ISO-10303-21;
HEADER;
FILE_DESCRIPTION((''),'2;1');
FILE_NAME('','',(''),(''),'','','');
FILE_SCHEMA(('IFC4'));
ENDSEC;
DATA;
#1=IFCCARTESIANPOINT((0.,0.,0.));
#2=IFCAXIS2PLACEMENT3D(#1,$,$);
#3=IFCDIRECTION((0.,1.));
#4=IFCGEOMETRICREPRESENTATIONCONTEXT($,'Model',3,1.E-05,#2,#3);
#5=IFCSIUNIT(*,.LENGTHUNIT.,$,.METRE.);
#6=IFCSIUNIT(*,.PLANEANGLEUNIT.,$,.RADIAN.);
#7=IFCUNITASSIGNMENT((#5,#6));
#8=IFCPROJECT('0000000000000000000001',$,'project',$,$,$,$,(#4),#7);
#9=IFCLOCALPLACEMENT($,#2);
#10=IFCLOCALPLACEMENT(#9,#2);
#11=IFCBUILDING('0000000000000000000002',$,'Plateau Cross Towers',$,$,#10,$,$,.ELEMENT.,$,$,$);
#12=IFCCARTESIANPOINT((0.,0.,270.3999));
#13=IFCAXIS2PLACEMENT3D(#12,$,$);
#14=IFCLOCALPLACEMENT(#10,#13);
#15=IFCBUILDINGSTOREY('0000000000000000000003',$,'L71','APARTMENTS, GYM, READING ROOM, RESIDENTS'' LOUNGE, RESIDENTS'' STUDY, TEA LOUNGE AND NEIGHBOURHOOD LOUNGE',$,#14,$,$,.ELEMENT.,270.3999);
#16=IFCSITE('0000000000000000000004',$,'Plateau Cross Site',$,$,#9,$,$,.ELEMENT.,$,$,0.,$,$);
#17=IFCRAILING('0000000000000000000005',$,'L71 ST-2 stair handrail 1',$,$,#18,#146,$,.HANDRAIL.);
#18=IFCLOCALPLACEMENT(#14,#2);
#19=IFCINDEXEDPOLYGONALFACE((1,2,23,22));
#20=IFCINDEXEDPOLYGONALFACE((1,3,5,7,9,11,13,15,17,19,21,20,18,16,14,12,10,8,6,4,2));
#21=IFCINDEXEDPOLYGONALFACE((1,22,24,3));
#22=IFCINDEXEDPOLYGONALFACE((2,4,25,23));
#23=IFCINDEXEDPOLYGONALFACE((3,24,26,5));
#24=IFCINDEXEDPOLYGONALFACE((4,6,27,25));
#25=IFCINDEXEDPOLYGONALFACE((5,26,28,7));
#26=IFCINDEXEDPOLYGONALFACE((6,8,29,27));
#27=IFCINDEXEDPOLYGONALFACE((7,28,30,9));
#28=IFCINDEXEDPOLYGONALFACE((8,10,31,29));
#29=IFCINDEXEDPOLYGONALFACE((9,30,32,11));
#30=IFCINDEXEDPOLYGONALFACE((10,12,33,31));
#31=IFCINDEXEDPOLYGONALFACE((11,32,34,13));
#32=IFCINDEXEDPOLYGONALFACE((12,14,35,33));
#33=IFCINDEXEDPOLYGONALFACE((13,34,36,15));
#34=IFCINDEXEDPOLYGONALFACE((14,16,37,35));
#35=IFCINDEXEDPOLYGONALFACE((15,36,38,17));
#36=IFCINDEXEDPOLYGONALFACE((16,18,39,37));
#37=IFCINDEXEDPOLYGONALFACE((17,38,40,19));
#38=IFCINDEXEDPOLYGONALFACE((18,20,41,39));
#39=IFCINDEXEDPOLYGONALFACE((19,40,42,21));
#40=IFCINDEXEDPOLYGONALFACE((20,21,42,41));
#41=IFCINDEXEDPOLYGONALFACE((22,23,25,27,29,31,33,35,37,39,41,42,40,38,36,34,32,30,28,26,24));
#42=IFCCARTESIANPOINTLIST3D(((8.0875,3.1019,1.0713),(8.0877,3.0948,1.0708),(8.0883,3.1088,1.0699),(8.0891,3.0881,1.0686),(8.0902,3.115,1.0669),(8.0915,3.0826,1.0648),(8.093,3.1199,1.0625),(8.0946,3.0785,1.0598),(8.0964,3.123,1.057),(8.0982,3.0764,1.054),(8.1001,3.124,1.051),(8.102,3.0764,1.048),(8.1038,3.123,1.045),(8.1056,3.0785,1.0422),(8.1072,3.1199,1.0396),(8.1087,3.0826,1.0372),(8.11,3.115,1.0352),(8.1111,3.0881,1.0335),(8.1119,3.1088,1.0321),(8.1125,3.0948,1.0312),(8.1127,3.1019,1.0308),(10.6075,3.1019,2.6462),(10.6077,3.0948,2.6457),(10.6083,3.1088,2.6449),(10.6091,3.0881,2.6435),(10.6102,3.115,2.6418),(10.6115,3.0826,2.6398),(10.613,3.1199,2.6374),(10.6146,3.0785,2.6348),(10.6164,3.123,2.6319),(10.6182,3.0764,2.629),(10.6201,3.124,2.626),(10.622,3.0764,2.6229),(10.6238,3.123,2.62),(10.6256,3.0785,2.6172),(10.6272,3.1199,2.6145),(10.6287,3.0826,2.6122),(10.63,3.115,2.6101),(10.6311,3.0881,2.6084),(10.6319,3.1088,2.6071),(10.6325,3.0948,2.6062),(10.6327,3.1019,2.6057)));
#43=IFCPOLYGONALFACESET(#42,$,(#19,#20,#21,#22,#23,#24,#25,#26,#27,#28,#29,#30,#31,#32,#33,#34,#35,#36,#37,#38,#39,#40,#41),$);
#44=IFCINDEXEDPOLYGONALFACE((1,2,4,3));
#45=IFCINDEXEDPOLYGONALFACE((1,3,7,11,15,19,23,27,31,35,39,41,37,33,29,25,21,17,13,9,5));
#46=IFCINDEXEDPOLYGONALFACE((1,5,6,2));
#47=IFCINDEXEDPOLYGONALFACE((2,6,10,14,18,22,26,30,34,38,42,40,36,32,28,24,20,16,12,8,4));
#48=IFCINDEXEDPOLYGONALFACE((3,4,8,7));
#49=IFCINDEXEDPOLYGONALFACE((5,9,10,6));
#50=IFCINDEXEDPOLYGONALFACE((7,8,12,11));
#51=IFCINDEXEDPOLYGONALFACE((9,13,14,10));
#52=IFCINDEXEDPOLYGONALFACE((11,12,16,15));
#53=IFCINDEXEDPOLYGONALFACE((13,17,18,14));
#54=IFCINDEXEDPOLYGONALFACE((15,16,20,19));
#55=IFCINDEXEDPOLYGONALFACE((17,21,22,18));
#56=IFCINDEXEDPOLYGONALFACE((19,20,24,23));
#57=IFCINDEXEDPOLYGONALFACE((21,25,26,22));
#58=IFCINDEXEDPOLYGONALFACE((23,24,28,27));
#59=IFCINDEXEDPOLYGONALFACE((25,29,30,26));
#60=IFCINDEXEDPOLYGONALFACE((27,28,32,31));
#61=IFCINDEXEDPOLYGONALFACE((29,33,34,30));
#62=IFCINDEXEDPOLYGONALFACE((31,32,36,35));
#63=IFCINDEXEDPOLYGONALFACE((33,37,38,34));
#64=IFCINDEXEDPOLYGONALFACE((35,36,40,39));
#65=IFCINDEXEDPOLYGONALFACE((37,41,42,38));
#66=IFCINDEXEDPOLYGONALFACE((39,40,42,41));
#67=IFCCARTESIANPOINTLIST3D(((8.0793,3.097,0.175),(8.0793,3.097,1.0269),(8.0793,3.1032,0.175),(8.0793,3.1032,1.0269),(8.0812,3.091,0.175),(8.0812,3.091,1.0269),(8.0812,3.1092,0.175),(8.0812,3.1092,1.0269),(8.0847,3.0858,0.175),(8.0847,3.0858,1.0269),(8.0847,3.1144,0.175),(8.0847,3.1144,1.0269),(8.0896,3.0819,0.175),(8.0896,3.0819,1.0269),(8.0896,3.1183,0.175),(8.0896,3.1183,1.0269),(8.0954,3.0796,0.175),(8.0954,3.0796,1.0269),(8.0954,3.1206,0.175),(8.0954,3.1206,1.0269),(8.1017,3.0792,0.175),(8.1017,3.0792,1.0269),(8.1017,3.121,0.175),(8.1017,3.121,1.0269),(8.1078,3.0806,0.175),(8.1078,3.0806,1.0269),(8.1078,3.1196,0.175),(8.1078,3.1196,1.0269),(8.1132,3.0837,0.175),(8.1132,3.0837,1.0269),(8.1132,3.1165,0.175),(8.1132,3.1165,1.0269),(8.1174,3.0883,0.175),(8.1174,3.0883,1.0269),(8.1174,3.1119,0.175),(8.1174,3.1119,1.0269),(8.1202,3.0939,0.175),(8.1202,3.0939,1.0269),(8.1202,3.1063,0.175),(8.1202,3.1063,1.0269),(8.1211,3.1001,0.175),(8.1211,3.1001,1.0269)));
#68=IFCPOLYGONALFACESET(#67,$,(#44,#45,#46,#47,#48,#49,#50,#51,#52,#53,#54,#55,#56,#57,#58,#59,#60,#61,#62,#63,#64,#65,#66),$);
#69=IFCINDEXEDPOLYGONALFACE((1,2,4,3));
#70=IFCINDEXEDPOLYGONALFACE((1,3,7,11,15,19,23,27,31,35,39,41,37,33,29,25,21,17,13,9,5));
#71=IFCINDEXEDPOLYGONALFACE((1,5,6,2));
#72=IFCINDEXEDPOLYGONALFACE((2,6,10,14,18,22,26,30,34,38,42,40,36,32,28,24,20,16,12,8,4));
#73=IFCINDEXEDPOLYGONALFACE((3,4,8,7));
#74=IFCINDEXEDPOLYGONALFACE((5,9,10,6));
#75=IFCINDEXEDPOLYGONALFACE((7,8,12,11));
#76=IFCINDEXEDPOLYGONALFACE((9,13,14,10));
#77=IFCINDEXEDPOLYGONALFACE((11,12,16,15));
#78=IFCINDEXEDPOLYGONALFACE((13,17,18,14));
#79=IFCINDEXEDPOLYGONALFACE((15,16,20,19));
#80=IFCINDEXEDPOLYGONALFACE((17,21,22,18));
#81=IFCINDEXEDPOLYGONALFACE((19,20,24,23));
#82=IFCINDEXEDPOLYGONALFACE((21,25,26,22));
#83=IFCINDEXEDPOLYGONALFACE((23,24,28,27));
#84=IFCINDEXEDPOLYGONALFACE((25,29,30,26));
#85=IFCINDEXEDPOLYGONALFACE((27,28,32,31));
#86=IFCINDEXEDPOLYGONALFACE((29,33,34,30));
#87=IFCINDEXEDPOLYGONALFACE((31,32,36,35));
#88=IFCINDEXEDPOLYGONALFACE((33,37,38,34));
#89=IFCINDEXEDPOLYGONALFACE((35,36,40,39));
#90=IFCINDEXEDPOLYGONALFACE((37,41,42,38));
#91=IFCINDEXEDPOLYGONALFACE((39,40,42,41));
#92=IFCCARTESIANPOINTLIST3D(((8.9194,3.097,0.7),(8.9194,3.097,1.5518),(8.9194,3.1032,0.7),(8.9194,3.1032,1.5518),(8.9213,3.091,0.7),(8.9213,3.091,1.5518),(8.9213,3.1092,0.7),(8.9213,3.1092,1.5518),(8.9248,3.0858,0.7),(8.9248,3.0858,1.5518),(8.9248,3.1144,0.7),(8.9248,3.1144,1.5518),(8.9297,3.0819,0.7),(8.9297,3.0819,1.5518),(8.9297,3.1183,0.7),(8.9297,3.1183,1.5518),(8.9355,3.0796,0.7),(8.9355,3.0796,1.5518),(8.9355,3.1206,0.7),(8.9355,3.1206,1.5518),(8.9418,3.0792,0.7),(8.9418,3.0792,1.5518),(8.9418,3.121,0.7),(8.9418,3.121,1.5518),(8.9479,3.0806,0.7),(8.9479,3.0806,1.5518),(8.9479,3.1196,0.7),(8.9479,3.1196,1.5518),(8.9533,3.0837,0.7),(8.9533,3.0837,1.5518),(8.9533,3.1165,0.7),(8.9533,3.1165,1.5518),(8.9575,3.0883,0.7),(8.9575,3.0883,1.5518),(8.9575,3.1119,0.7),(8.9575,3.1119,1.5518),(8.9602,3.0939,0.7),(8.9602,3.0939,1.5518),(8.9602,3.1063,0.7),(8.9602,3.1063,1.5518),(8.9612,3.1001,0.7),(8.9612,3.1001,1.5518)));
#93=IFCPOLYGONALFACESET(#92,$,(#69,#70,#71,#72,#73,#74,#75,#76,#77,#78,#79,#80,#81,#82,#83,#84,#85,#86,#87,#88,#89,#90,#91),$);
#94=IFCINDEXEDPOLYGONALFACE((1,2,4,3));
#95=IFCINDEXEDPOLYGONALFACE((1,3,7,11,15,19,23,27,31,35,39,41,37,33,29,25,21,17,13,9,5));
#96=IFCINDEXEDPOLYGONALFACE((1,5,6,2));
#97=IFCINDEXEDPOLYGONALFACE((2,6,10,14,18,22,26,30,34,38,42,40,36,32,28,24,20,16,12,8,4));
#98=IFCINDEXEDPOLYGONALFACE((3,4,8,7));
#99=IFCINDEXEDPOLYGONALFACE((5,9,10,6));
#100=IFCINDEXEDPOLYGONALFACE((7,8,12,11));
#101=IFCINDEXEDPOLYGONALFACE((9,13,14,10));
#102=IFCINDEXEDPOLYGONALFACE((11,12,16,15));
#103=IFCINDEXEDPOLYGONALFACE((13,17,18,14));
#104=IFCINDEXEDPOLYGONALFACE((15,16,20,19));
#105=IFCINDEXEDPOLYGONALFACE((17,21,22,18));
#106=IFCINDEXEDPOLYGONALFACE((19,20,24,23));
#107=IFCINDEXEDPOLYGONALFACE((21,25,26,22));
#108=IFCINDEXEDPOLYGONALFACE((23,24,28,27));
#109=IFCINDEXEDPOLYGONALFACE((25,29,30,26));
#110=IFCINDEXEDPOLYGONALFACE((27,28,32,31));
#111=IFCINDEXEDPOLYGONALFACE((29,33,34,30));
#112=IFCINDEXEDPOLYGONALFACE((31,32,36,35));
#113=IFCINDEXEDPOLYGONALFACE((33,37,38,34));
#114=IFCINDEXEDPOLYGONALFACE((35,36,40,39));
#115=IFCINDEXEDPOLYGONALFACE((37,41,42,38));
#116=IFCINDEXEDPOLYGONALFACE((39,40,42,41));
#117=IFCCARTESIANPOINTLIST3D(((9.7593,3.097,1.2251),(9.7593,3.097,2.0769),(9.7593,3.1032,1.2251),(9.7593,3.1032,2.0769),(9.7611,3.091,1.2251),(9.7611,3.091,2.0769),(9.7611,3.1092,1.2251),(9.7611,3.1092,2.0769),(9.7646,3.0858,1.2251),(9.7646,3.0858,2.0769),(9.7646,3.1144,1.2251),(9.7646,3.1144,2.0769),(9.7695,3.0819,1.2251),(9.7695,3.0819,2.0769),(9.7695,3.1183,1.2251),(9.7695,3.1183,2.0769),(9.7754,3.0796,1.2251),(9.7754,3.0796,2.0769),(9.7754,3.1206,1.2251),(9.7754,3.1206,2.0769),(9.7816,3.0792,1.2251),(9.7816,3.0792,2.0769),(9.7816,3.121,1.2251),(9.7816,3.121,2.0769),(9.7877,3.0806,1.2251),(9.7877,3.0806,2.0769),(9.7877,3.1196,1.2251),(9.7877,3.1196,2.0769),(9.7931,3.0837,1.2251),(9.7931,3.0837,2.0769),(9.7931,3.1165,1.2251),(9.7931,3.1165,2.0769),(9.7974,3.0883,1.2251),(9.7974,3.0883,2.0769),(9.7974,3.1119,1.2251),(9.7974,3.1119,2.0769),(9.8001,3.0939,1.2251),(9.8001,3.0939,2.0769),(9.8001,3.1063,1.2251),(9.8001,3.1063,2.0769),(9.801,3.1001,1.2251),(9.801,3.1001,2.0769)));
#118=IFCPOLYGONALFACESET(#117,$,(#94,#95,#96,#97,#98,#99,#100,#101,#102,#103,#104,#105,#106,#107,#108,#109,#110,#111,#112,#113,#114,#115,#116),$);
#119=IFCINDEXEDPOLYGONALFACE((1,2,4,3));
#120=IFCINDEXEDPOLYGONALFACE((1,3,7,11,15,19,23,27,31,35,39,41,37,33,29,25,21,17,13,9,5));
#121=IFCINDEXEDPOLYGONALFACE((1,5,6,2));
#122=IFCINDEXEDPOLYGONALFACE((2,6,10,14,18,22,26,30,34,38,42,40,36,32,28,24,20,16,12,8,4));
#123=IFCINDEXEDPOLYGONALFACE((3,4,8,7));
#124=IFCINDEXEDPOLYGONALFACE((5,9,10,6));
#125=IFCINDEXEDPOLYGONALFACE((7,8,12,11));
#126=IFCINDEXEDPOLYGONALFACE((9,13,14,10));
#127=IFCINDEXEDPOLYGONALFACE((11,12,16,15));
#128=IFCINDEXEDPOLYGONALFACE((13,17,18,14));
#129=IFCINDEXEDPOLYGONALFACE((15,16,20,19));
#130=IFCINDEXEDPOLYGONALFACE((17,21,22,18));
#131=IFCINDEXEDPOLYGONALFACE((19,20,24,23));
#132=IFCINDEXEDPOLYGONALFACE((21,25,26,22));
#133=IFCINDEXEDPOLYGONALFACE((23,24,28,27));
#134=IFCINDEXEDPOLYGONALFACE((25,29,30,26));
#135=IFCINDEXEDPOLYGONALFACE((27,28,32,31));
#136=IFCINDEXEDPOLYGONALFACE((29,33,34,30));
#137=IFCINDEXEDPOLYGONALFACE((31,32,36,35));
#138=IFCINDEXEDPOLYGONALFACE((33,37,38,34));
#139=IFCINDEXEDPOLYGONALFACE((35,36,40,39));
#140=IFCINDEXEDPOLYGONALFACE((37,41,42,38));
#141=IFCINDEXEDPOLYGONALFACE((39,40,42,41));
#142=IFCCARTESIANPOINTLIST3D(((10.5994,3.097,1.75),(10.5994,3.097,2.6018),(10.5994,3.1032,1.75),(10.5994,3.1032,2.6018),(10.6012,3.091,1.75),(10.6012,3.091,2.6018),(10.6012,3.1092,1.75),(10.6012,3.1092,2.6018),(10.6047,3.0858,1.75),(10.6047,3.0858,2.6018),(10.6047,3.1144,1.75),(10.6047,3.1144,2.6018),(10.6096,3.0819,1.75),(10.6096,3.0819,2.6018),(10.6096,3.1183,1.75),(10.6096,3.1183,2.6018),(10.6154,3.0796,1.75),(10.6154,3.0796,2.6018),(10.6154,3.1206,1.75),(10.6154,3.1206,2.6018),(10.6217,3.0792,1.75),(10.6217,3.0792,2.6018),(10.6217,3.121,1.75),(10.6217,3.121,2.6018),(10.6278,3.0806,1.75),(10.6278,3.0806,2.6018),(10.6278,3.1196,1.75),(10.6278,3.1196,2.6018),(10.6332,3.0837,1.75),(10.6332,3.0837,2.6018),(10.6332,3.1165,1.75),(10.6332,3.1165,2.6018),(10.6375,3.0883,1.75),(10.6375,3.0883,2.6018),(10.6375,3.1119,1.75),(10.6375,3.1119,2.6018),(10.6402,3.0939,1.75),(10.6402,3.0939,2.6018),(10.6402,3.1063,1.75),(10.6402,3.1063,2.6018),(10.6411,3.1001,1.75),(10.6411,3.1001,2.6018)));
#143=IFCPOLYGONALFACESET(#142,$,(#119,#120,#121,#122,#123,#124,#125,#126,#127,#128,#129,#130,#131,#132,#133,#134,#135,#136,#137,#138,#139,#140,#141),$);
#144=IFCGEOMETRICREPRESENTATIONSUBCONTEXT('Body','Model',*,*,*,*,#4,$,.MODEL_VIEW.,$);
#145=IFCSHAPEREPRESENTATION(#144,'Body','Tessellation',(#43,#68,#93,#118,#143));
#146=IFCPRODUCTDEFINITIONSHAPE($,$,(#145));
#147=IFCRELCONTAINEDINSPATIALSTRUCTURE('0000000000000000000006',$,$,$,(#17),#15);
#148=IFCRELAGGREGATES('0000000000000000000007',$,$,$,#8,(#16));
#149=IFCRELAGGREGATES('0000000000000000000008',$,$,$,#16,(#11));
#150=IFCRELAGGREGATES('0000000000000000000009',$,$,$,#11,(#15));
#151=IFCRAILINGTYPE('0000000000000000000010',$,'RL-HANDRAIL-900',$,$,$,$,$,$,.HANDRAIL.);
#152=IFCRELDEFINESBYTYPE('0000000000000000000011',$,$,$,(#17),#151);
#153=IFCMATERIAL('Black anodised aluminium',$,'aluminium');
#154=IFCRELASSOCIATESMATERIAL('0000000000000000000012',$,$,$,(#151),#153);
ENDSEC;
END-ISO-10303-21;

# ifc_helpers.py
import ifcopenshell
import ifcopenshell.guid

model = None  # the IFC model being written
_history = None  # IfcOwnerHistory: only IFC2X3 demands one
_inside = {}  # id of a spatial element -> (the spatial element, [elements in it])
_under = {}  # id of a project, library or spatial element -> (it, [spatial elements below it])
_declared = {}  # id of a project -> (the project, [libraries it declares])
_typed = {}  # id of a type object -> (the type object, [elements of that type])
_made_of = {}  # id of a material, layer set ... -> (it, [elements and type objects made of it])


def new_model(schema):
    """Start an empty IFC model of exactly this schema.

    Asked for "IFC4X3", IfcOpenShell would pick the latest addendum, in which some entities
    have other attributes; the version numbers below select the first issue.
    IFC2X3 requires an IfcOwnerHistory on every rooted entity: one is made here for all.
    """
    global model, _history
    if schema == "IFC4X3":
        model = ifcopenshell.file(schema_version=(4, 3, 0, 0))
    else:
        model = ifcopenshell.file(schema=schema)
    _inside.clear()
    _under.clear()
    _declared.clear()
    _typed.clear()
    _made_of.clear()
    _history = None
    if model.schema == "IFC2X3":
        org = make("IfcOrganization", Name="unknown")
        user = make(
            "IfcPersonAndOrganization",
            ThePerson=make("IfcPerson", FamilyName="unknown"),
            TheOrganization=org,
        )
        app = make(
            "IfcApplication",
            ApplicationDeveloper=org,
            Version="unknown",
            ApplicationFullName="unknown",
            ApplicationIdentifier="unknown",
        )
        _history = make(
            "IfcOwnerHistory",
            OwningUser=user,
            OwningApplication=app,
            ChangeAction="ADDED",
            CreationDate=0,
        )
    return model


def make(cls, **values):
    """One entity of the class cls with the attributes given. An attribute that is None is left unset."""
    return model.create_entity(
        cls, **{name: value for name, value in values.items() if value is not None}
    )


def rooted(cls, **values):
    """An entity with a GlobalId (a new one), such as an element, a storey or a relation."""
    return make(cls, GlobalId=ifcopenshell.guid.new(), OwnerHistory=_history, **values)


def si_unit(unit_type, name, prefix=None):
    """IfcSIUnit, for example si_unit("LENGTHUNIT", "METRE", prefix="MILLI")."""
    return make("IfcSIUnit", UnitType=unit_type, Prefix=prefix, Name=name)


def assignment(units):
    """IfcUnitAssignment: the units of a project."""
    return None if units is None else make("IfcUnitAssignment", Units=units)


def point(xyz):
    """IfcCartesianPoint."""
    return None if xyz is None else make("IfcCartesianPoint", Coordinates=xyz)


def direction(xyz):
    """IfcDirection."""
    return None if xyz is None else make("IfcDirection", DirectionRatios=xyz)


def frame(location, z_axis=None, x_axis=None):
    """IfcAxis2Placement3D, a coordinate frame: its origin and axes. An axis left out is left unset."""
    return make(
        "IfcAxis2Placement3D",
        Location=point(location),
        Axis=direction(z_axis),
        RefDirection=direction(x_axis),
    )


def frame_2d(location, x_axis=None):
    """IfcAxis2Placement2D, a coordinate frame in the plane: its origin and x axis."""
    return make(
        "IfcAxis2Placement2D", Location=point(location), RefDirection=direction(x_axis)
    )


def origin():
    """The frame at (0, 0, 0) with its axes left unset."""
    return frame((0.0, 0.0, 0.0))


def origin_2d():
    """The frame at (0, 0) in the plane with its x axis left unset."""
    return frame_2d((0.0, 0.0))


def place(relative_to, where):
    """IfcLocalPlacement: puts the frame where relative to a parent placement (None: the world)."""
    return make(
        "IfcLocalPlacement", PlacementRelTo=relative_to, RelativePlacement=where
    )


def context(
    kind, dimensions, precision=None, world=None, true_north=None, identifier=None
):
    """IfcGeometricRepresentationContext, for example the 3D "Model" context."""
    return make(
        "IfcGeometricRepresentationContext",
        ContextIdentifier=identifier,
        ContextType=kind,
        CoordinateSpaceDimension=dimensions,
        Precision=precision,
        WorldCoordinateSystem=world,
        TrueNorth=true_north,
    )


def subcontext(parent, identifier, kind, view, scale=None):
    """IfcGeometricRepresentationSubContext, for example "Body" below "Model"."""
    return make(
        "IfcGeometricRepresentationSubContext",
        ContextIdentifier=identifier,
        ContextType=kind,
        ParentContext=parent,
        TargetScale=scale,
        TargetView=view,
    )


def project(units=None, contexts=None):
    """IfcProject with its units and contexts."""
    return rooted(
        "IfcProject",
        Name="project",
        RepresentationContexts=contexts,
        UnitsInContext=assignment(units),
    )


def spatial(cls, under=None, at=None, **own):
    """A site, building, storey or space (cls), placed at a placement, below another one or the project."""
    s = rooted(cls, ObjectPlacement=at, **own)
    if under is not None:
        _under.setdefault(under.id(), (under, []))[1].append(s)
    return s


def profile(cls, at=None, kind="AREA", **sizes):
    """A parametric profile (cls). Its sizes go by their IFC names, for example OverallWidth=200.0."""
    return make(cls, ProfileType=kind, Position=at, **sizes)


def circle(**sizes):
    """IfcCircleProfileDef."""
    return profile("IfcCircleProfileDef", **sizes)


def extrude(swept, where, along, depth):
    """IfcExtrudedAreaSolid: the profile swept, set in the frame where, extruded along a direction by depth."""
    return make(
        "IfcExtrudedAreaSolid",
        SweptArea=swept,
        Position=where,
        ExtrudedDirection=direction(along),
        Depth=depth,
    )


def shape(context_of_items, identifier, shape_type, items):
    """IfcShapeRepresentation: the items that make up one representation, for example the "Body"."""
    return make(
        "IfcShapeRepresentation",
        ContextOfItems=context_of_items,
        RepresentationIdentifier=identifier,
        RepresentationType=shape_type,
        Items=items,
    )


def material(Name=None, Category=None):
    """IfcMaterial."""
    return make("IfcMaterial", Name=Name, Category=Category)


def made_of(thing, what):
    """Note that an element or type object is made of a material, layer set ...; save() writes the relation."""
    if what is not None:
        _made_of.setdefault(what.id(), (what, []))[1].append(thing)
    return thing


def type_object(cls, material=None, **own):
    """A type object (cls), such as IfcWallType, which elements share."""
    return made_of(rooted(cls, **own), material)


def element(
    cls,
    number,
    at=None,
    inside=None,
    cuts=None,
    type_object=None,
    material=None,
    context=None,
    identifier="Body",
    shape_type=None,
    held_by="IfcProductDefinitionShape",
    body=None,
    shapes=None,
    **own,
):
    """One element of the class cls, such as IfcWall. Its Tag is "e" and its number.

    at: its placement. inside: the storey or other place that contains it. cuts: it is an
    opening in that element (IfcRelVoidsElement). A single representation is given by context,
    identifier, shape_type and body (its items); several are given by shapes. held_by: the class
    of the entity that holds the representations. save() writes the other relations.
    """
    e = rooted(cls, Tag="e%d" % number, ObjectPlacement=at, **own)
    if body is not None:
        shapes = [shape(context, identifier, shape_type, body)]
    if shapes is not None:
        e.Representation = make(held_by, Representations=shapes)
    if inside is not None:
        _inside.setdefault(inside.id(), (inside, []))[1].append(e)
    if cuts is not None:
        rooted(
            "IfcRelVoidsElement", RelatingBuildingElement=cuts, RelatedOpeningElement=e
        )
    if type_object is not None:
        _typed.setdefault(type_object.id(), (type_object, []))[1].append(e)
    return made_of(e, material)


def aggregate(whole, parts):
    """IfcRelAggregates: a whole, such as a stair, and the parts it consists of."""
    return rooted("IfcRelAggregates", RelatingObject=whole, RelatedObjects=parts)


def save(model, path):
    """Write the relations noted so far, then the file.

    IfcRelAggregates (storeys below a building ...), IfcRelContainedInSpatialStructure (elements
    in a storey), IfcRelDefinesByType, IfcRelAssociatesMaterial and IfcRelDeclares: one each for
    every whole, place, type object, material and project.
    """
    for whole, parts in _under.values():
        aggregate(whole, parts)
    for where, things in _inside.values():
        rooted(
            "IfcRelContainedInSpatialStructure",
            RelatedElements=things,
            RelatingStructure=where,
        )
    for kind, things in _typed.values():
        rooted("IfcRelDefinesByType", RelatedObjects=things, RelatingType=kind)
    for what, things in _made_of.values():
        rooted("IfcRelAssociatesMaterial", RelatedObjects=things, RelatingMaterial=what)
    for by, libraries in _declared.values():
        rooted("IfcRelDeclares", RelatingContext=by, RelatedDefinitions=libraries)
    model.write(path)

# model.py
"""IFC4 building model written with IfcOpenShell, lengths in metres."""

from ifc_helpers import new_model, si_unit, direction, frame, origin, origin_2d, place, context, subcontext, project, spatial, circle, extrude, material, type_object, element, save


model = new_model("IFC4")

# Units and contexts
model_context = context("Model", 3, precision=1e-05, world=origin(), true_north=direction((0.0, 1.0)))
body_context = subcontext(model_context, "Body", "Model", "MODEL_VIEW")
ifc_project = project(units=[si_unit("LENGTHUNIT", "METRE"), si_unit("PLANEANGLEUNIT", "RADIAN")], contexts=[model_context])

# Site, building, storey
site_placement = place(None, origin())
site = spatial("IfcSite", under=ifc_project, at=site_placement, Name="Plateau Cross Site", CompositionType="ELEMENT", RefElevation=0.0)
building_placement = place(site_placement, origin())
building = spatial("IfcBuilding", under=site, at=building_placement, Name="Plateau Cross Towers", CompositionType="ELEMENT")
storey_placement = place(building_placement, frame((0.0, 0.0, 270.3999)))
storey = spatial("IfcBuildingStorey", under=building, at=storey_placement, Name="L71", Description="APARTMENTS, GYM, READING ROOM, RESIDENTS' LOUNGE, RESIDENTS' STUDY, TEA LOUNGE AND NEIGHBOURHOOD LOUNGE", CompositionType="ELEMENT", Elevation=270.3999)

# Shared definitions
ifc_material_1 = material(Name="Black anodised aluminium", Category="aluminium")

# Railing
railing_type_1 = type_object("IfcRailingType", Name="RL-HANDRAIL-900", PredefinedType="HANDRAIL", material=ifc_material_1)
railing_1_placement = place(storey_placement, frame((8.1001, 3.1001, 0.175)))
element("IfcRailing", 1, at=railing_1_placement, inside=storey, type_object=railing_type_1, Name="L71 ST-2 stair handrail 1", PredefinedType="HANDRAIL", context=body_context, shape_type="SweptSolid", body=[
    extrude(circle(Radius=0.0239, at=origin_2d()), frame((0.0, 0.0, 0.876), z_axis=(0.848008, 0.0, 0.529984), x_axis=(0.0, 1.0, 0.0)), (0.0, 0.0, 1.0), 2.9717),
    extrude(circle(Radius=0.021, at=origin_2d()), origin(), (0.0, 0.0, 1.0), 0.8518),
    extrude(circle(Radius=0.021, at=origin_2d()), frame((0.8401, 0.0, 0.5249)), (0.0, 0.0, 1.0), 0.8518),
    extrude(circle(Radius=0.021, at=origin_2d()), frame((1.6799, 0.0, 1.05)), (0.0, 0.0, 1.0), 0.8518),
    extrude(circle(Radius=0.021, at=origin_2d()), frame((2.52, 0.0, 1.575)), (0.0, 0.0, 1.0), 0.8518),
])

save(model, "model.ifc")
